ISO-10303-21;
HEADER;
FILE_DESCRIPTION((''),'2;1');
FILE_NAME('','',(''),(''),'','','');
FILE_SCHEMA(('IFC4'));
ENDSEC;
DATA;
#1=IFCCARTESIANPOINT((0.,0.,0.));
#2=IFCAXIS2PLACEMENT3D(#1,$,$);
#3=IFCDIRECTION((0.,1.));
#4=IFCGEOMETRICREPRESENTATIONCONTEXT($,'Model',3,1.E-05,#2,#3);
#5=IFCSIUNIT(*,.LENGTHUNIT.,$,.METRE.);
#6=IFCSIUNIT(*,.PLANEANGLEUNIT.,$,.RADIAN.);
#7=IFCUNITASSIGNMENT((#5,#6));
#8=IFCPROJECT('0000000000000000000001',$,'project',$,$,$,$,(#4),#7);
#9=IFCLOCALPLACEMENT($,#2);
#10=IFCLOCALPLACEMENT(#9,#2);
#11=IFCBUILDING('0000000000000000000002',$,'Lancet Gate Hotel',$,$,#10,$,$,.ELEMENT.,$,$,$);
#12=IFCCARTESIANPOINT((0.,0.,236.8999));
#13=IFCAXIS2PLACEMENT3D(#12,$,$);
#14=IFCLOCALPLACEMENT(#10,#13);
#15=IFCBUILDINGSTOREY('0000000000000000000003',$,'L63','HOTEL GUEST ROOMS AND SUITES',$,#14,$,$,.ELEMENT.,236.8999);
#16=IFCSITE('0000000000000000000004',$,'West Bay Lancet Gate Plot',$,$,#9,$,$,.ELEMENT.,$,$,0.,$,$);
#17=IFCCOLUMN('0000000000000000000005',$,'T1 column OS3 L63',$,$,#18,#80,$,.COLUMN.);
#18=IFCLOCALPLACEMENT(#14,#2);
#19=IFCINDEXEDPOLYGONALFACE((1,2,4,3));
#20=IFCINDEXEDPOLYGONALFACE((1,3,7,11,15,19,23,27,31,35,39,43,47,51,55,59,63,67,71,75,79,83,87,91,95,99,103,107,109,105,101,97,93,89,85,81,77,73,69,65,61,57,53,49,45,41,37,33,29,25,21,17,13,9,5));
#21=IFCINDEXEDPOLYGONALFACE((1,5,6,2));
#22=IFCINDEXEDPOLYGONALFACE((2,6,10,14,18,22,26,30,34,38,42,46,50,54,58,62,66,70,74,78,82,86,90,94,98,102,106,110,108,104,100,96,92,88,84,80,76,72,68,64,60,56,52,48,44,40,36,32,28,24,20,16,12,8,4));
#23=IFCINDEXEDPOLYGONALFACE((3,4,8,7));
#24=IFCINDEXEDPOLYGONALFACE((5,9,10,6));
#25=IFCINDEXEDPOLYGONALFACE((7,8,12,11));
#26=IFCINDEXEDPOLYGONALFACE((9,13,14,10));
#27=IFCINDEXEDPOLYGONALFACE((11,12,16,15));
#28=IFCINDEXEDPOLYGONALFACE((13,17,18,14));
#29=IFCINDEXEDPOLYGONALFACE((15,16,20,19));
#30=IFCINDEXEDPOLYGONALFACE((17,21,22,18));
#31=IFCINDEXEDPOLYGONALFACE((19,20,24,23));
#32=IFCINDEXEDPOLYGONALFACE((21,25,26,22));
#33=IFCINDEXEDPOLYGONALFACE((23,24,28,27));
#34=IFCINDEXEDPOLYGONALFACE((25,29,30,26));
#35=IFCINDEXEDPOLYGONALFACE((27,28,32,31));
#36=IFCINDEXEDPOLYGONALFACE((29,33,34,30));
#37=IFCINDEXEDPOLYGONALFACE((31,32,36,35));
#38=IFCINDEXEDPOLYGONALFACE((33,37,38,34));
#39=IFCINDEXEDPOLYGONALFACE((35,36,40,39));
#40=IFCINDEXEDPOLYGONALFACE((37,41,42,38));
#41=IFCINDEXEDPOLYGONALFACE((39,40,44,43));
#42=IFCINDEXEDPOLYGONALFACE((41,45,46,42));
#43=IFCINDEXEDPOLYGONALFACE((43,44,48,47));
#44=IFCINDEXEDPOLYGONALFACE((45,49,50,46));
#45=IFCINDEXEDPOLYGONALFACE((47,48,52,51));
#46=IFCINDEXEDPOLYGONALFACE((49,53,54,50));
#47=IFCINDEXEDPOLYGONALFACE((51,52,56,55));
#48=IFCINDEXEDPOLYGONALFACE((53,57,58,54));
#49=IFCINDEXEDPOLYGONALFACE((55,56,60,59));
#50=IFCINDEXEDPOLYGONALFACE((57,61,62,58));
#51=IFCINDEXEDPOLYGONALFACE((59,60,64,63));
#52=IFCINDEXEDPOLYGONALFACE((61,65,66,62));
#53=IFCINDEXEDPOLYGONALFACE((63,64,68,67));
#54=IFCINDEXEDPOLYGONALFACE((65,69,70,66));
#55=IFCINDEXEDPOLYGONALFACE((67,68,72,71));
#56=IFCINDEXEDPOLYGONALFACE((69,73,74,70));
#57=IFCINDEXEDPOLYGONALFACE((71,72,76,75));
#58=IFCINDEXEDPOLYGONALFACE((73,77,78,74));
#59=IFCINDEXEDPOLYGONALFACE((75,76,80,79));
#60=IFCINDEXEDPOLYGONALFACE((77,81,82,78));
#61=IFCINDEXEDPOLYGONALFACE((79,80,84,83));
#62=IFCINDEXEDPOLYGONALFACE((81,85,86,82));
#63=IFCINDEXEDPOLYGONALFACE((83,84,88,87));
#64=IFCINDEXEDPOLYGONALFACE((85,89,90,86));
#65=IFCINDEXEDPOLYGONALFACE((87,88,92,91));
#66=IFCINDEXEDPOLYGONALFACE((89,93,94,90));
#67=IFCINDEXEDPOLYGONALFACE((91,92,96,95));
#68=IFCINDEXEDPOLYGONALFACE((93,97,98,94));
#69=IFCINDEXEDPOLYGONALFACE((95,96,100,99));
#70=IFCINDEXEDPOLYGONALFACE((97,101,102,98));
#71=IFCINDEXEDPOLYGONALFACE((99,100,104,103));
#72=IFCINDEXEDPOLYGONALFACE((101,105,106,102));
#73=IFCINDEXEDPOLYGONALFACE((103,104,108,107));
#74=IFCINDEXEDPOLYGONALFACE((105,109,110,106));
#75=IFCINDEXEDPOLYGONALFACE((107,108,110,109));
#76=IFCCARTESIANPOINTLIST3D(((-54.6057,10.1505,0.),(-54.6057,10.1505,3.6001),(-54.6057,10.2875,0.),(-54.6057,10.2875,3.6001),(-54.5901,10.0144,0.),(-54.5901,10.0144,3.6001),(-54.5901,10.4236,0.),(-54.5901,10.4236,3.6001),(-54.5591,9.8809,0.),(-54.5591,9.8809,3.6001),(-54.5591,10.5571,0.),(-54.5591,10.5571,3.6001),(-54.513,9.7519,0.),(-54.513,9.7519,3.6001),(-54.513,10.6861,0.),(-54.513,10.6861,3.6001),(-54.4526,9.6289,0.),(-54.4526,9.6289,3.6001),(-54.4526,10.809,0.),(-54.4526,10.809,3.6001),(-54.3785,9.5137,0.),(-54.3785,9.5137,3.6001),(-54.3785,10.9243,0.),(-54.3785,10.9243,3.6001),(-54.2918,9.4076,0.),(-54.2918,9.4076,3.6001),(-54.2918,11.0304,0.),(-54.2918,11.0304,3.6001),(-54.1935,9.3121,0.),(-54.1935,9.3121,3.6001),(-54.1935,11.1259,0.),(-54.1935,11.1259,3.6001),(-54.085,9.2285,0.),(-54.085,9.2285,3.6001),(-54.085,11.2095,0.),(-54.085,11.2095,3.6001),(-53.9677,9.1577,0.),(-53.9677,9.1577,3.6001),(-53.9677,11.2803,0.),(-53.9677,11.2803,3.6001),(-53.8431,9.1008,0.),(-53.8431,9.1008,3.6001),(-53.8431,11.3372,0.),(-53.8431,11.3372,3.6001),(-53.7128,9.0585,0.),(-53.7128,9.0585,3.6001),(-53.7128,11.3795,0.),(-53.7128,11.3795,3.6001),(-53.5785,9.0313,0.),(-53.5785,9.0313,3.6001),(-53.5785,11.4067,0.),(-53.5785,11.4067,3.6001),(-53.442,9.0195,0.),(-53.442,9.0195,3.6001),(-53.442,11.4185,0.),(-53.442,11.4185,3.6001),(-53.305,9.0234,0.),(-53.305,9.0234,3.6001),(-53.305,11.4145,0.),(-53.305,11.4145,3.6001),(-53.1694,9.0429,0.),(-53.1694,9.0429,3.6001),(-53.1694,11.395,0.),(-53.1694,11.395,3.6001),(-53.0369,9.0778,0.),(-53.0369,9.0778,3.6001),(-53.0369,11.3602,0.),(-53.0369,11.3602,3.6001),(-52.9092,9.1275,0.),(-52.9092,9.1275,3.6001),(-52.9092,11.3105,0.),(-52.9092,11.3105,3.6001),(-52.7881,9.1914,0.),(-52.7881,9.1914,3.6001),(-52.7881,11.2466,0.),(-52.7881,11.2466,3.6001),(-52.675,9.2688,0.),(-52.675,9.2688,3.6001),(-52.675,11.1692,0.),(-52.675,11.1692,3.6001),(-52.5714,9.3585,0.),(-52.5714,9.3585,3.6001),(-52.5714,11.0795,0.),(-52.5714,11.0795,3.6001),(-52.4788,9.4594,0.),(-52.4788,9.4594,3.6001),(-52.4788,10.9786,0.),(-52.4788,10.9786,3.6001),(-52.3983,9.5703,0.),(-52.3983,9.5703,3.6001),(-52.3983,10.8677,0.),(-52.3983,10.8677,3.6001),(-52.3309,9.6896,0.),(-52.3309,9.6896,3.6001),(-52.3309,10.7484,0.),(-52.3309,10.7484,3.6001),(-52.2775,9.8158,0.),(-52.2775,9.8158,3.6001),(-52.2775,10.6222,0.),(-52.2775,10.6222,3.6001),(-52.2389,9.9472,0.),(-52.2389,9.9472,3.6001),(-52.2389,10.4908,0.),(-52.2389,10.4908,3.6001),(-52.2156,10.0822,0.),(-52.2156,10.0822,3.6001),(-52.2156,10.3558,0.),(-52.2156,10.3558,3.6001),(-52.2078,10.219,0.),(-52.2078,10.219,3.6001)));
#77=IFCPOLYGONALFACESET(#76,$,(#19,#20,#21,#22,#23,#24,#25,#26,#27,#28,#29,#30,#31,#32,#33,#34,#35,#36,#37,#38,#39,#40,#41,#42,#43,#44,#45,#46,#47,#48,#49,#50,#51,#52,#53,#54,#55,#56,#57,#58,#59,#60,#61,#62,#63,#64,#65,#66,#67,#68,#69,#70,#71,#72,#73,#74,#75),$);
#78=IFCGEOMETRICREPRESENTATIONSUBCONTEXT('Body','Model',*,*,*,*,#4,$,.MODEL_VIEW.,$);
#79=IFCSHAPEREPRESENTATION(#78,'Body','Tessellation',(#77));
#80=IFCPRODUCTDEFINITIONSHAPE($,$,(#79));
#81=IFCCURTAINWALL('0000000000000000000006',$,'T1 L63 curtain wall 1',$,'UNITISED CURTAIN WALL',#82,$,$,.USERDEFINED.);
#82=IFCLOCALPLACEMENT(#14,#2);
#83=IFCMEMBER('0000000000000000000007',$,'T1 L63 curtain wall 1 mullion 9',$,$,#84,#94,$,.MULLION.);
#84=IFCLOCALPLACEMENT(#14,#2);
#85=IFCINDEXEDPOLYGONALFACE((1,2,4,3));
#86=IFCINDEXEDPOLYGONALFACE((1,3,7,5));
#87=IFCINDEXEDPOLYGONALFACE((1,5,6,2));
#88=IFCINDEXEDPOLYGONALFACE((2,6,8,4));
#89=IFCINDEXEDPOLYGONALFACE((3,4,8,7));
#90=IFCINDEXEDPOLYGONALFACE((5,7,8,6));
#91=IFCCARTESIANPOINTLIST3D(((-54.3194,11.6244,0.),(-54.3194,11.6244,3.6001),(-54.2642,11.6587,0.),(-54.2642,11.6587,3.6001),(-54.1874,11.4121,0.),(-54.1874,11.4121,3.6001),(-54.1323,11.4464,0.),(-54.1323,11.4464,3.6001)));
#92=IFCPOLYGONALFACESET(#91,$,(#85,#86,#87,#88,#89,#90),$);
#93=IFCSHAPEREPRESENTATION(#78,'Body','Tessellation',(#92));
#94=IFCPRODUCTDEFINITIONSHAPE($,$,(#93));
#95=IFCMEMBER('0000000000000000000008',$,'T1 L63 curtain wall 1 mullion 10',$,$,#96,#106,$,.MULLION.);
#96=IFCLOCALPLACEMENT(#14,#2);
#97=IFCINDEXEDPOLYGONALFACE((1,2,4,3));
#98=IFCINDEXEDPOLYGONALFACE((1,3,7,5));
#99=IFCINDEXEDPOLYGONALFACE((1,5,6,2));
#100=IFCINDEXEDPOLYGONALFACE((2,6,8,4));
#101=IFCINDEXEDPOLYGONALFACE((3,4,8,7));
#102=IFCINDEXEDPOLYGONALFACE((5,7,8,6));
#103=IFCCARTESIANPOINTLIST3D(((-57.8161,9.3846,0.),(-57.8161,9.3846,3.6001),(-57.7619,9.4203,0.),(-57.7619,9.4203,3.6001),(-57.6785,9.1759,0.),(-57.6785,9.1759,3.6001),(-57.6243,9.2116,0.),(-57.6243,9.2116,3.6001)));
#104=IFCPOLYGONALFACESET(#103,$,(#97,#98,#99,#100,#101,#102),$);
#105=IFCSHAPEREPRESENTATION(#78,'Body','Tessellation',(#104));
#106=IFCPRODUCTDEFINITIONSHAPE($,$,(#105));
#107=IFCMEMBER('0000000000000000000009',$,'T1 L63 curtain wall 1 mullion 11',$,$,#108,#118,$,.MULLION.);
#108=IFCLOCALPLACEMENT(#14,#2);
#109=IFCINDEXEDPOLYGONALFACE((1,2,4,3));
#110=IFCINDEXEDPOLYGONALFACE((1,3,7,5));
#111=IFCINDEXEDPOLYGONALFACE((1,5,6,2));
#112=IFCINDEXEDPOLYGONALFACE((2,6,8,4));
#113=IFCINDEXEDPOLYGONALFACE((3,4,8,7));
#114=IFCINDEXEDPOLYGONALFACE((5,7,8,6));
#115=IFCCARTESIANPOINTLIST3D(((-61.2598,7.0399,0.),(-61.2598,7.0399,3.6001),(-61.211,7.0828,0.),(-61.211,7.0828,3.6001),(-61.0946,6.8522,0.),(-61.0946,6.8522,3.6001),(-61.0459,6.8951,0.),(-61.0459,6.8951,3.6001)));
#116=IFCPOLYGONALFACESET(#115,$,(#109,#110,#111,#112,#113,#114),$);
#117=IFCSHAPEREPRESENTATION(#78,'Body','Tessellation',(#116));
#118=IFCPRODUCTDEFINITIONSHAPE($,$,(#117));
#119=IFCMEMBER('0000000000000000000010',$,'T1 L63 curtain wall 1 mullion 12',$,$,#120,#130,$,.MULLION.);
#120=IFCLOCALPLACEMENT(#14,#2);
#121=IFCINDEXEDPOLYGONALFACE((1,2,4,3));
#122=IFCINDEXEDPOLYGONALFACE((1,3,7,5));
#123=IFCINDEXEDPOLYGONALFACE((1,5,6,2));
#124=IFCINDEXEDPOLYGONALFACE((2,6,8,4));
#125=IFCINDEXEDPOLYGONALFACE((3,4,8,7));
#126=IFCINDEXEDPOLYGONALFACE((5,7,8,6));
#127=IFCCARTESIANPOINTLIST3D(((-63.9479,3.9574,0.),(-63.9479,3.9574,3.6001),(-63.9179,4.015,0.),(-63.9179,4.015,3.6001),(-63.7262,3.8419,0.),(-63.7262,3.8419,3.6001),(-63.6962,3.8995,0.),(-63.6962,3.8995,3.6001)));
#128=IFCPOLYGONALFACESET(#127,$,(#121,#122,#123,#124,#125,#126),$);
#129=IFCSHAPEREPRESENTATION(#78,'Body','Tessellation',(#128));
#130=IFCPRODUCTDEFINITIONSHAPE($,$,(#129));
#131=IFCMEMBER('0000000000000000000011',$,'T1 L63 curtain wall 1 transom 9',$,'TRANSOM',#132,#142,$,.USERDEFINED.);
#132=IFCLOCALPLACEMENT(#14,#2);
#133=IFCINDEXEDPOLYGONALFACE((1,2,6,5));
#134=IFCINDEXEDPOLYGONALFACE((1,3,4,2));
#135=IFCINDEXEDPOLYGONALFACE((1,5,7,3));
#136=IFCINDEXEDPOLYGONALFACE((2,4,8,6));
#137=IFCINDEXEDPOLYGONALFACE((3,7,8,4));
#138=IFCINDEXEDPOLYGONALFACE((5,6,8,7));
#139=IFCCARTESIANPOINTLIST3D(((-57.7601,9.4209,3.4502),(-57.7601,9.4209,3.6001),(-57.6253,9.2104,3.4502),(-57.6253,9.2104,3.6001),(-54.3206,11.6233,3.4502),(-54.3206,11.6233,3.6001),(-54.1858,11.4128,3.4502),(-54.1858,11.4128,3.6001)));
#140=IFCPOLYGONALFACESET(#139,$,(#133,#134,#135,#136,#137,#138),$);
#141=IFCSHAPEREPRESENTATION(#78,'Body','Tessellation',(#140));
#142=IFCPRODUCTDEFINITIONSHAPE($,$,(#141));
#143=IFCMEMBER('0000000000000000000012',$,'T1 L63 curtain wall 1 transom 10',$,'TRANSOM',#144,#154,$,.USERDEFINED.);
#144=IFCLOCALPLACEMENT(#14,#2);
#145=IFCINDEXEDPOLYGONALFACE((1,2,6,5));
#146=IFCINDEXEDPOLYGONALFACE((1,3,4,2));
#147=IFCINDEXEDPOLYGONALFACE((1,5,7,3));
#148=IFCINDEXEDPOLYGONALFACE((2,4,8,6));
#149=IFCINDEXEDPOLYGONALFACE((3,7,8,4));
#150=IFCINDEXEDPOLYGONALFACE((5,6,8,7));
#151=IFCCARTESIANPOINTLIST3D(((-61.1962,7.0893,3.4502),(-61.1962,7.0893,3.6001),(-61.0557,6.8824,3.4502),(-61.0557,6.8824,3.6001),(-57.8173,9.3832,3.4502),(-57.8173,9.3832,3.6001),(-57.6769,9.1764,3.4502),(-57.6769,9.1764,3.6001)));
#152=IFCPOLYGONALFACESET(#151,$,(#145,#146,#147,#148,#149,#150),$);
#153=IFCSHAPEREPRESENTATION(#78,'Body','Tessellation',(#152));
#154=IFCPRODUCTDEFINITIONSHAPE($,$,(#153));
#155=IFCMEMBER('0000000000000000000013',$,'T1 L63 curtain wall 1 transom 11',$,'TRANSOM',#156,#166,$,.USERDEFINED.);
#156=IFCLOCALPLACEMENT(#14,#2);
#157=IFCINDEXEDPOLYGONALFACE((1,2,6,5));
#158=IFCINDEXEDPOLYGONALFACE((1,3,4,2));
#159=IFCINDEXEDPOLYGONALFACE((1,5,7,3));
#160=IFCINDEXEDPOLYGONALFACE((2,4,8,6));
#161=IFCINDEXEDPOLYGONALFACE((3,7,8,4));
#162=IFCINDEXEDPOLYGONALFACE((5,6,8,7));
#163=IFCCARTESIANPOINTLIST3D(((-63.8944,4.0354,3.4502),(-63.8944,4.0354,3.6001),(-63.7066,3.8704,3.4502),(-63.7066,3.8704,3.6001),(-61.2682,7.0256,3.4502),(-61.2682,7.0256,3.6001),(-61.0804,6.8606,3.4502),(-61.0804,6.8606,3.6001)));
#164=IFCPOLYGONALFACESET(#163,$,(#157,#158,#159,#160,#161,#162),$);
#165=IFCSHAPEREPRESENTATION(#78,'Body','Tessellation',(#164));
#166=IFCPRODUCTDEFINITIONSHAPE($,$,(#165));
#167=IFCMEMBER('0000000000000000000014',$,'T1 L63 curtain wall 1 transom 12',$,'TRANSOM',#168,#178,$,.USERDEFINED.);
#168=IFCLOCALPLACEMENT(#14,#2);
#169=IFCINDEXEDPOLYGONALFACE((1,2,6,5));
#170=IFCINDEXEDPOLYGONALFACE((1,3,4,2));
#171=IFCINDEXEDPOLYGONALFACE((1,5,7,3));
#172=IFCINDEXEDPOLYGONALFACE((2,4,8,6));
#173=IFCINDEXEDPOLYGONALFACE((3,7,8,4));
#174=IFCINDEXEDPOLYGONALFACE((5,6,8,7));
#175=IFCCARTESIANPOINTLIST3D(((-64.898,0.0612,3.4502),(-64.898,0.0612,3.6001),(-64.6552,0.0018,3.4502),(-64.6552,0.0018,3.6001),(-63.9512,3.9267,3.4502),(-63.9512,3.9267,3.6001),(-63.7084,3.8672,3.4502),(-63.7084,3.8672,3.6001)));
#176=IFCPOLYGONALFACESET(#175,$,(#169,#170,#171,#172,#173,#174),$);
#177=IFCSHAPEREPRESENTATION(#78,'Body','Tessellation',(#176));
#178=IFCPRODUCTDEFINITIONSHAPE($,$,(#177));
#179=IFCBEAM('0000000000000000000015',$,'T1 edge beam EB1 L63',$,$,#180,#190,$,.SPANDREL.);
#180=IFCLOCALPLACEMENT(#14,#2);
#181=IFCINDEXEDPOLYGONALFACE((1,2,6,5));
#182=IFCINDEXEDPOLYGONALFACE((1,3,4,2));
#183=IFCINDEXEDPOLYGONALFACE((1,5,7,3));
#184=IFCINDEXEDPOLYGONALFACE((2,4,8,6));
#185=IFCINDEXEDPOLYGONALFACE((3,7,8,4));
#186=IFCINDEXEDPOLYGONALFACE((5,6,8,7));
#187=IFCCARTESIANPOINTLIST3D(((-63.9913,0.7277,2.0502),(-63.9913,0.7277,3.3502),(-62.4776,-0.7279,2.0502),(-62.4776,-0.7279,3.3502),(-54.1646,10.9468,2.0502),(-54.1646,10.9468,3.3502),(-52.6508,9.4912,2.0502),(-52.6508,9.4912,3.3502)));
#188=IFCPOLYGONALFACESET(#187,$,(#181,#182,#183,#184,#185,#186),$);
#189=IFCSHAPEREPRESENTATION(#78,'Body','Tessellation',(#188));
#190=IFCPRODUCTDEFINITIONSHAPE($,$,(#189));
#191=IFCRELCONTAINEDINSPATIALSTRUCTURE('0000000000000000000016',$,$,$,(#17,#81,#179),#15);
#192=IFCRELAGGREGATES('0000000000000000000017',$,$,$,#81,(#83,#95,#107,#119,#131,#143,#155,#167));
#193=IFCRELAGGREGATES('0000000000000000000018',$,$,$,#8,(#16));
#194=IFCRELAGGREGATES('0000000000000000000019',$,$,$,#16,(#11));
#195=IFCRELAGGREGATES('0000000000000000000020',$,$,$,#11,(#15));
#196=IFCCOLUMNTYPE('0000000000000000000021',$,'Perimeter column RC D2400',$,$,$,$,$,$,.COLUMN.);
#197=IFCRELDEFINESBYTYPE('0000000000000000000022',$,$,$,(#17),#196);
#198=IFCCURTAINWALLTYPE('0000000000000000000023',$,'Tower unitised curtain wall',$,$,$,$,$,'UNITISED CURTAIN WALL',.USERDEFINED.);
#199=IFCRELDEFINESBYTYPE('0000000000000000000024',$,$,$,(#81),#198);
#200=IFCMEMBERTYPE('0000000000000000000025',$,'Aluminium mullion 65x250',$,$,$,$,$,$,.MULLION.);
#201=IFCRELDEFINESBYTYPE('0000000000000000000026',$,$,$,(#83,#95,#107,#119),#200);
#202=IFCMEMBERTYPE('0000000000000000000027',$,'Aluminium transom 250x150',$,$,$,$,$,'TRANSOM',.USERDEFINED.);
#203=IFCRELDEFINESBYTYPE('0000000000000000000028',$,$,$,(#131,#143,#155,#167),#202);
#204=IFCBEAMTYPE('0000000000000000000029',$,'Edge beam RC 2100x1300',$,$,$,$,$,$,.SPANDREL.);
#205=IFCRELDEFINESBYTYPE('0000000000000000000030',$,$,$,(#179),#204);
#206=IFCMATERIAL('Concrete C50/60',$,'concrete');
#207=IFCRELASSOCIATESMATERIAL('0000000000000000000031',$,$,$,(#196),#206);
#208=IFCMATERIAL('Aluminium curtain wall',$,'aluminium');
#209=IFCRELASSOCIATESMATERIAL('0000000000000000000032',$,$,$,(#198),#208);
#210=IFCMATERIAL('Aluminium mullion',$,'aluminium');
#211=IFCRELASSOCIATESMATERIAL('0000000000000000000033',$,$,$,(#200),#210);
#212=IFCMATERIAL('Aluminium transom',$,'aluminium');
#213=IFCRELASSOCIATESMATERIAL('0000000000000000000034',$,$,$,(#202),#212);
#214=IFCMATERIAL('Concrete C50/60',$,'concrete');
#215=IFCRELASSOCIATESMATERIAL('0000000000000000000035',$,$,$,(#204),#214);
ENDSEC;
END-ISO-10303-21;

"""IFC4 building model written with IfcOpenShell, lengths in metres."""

from ifc_helpers import new_model, si_unit, direction, frame, origin, origin_2d, place, context, subcontext, project, spatial, rectangle, circle, extrude, material, material_profile, profile_set, type_object, element, aggregate, save


model = new_model("IFC4")

# Units and contexts
model_context = context("Model", 3, precision=1e-05, world=origin(), true_north=direction((0.0, 1.0)))
body_context = subcontext(model_context, "Body", "Model", "MODEL_VIEW")
ifc_project = project(units=[si_unit("LENGTHUNIT", "METRE"), si_unit("PLANEANGLEUNIT", "RADIAN")], contexts=[model_context])

# Site, building, storey
site_placement = place(None, origin())
site = spatial("IfcSite", under=ifc_project, at=site_placement, Name="West Bay Lancet Gate Plot", CompositionType="ELEMENT", RefElevation=0.0)
building_placement = place(site_placement, origin())
building = spatial("IfcBuilding", under=site, at=building_placement, Name="Lancet Gate Hotel", CompositionType="ELEMENT")
storey_placement = place(building_placement, frame((0.0, 0.0, 236.8999)))
storey = spatial("IfcBuildingStorey", under=building, at=storey_placement, Name="L63", Description="HOTEL GUEST ROOMS AND SUITES", CompositionType="ELEMENT", Elevation=236.8999)

# Column
ifc_material_1 = material(Name="Concrete C50/60", Category="concrete")
ifc_material_profile_1 = material_profile(ifc_material_1, circle(Radius=1.2, at=origin_2d()), Name="RC D2400")
ifc_profile_set_1 = profile_set([ifc_material_profile_1], Name="Concrete C50/60")
column_type = type_object("IfcColumnType", Name="Perimeter column RC D2400", PredefinedType="COLUMN", material=ifc_profile_set_1)
column_placement = place(storey_placement, frame((-53.4077, 10.219, 0.0), z_axis=(0.0, 0.0, 1.0), x_axis=(1.0, 0.0, 0.0)))
element("IfcColumn", 1, at=column_placement, inside=storey, type_object=column_type, Name="T1 column OS3 L63", PredefinedType="COLUMN", context=body_context, shape_type="SweptSolid", body=[
    extrude(circle(Radius=1.2, at=origin_2d()), origin(), (0.0, 0.0, 1.0), 3.6001),
])

# Curtain wall, members
ifc_material_2 = material(Name="Aluminium curtain wall", Category="aluminium")
curtain_wall_type = type_object("IfcCurtainWallType", Name="Tower unitised curtain wall", ElementType="UNITISED CURTAIN WALL", PredefinedType="USERDEFINED", material=ifc_material_2)
curtain_wall_placement = place(storey_placement, origin())
curtain_wall = element("IfcCurtainWall", 2, at=curtain_wall_placement, inside=storey, type_object=curtain_wall_type, Name="T1 L63 curtain wall 1", ObjectType="UNITISED CURTAIN WALL", PredefinedType="USERDEFINED")
ifc_material_3 = material(Name="Aluminium mullion", Category="aluminium")
ifc_material_profile_2 = material_profile(ifc_material_3, rectangle(XDim=0.0649, YDim=0.25, at=origin_2d()), Name="MULLION 65x250")
ifc_profile_set_2 = profile_set([ifc_material_profile_2], Name="Aluminium mullion")
member_type_1 = type_object("IfcMemberType", Name="Aluminium mullion 65x250", PredefinedType="MULLION", material=ifc_profile_set_2)
member_1_placement = place(storey_placement, frame((-54.2258, 11.5354, 0.0), z_axis=(0.0, 0.0, 1.0), x_axis=(-0.849342, -0.527842, 0.0)))
member_1 = element("IfcMember", 3, at=member_1_placement, type_object=member_type_1, Name="T1 L63 curtain wall 1 mullion 9", PredefinedType="MULLION", context=body_context, shape_type="SweptSolid", body=[
    extrude(rectangle(XDim=0.0649, YDim=0.25, at=origin_2d()), origin(), (0.0, 0.0, 1.0), 3.6001),
])
member_2_placement = place(storey_placement, frame((-57.7202, 9.2981, 0.0), z_axis=(0.0, 0.0, 1.0), x_axis=(-0.834827, -0.550512, 0.0)))
member_2 = element("IfcMember", 4, at=member_2_placement, type_object=member_type_1, Name="T1 L63 curtain wall 1 mullion 10", PredefinedType="MULLION", context=body_context, shape_type="SweptSolid", body=[
    extrude(rectangle(XDim=0.0649, YDim=0.25, at=origin_2d()), origin(), (0.0, 0.0, 1.0), 3.6001),
])
member_3_placement = place(storey_placement, frame((-61.1528, 6.9675, 0.0), z_axis=(0.0, 0.0, 1.0), x_axis=(-0.750716, -0.660626, 0.0)))
member_3 = element("IfcMember", 5, at=member_3_placement, type_object=member_type_1, Name="T1 L63 curtain wall 1 mullion 11", PredefinedType="MULLION", context=body_context, shape_type="SweptSolid", body=[
    extrude(rectangle(XDim=0.0649, YDim=0.25, at=origin_2d()), origin(), (0.0, 0.0, 1.0), 3.6001),
])
member_4_placement = place(storey_placement, frame((-63.822, 3.9285, 0.0), z_axis=(0.0, 0.0, 1.0), x_axis=(-0.462178, -0.886787, 0.0)))
member_4 = element("IfcMember", 6, at=member_4_placement, type_object=member_type_1, Name="T1 L63 curtain wall 1 mullion 12", PredefinedType="MULLION", context=body_context, shape_type="SweptSolid", body=[
    extrude(rectangle(XDim=0.0649, YDim=0.25, at=origin_2d()), origin(), (0.0, 0.0, 1.0), 3.6001),
])
ifc_material_4 = material(Name="Aluminium transom", Category="aluminium")
ifc_material_profile_3 = material_profile(ifc_material_4, rectangle(XDim=0.25, YDim=0.1499, at=origin_2d()), Name="TRANSOM 250x150")
ifc_profile_set_3 = profile_set([ifc_material_profile_3], Name="Aluminium transom")
member_type_2 = type_object("IfcMemberType", Name="Aluminium transom 250x150", ElementType="TRANSOM", PredefinedType="USERDEFINED", material=ifc_profile_set_3)
member_5_placement = place(storey_placement, frame((-54.2532, 11.5181, 3.5251), z_axis=(-0.842144, -0.539252, 0.0), x_axis=(0.539252, -0.842144, 0.0)))
member_5 = element("IfcMember", 7, at=member_5_placement, type_object=member_type_2, Name="T1 L63 curtain wall 1 transom 9", ObjectType="TRANSOM", PredefinedType="USERDEFINED", context=body_context, shape_type="SweptSolid", body=[
    extrude(rectangle(XDim=0.25, YDim=0.1499, at=origin_2d()), origin(), (0.0, 0.0, 1.0), 4.0842),
])
member_6_placement = place(storey_placement, frame((-57.7471, 9.2798, 3.5251), z_axis=(-0.827349, -0.561689, 0.0), x_axis=(0.561689, -0.827349, 0.0)))
member_6 = element("IfcMember", 8, at=member_6_placement, type_object=member_type_2, Name="T1 L63 curtain wall 1 transom 10", ObjectType="TRANSOM", PredefinedType="USERDEFINED", context=body_context, shape_type="SweptSolid", body=[
    extrude(rectangle(XDim=0.25, YDim=0.1499, at=origin_2d()), origin(), (0.0, 0.0, 1.0), 4.084),
])
member_7_placement = place(storey_placement, frame((-61.1743, 6.9431, 3.5251), z_axis=(-0.659893, -0.751359, 0.0), x_axis=(0.751359, -0.659893, 0.0)))
member_7 = element("IfcMember", 9, at=member_7_placement, type_object=member_type_2, Name="T1 L63 curtain wall 1 transom 11", ObjectType="TRANSOM", PredefinedType="USERDEFINED", context=body_context, shape_type="SweptSolid", body=[
    extrude(rectangle(XDim=0.25, YDim=0.1499, at=origin_2d()), origin(), (0.0, 0.0, 1.0), 3.9797),
])
member_8_placement = place(storey_placement, frame((-63.8298, 3.897, 3.5251), z_axis=(-0.237899, -0.97129, 0.0), x_axis=(0.97129, -0.237899, 0.0)))
member_8 = element("IfcMember", 10, at=member_8_placement, type_object=member_type_2, Name="T1 L63 curtain wall 1 transom 12", ObjectType="TRANSOM", PredefinedType="USERDEFINED", context=body_context, shape_type="SweptSolid", body=[
    extrude(rectangle(XDim=0.25, YDim=0.1499, at=origin_2d()), origin(), (0.0, 0.0, 1.0), 3.9797),
])

# Beam
ifc_material_5 = material(Name="Concrete C50/60", Category="concrete")
ifc_material_profile_4 = material_profile(ifc_material_5, rectangle(XDim=2.1001, YDim=1.3, at=origin_2d()), Name="RC 2100x1300")
ifc_profile_set_4 = profile_set([ifc_material_profile_4], Name="Concrete C50/60")
beam_type_1 = type_object("IfcBeamType", Name="Edge beam RC 2100x1300", PredefinedType="SPANDREL", material=ifc_profile_set_4)
beam_1_placement = place(storey_placement, frame((-53.4077, 10.219, 2.7002), z_axis=(-0.693135, -0.720808, 0.0), x_axis=(0.720808, -0.693135, 0.0)))
element("IfcBeam", 11, at=beam_1_placement, inside=storey, type_object=beam_type_1, Name="T1 edge beam EB1 L63", PredefinedType="SPANDREL", context=body_context, shape_type="SweptSolid", body=[
    extrude(rectangle(XDim=2.1001, YDim=1.3, at=origin_2d()), origin(), (0.0, 0.0, 1.0), 14.1772),
])

aggregate(curtain_wall, [member_1, member_2, member_3, member_4, member_5, member_6, member_7, member_8])

save(model, "model.ifc")
